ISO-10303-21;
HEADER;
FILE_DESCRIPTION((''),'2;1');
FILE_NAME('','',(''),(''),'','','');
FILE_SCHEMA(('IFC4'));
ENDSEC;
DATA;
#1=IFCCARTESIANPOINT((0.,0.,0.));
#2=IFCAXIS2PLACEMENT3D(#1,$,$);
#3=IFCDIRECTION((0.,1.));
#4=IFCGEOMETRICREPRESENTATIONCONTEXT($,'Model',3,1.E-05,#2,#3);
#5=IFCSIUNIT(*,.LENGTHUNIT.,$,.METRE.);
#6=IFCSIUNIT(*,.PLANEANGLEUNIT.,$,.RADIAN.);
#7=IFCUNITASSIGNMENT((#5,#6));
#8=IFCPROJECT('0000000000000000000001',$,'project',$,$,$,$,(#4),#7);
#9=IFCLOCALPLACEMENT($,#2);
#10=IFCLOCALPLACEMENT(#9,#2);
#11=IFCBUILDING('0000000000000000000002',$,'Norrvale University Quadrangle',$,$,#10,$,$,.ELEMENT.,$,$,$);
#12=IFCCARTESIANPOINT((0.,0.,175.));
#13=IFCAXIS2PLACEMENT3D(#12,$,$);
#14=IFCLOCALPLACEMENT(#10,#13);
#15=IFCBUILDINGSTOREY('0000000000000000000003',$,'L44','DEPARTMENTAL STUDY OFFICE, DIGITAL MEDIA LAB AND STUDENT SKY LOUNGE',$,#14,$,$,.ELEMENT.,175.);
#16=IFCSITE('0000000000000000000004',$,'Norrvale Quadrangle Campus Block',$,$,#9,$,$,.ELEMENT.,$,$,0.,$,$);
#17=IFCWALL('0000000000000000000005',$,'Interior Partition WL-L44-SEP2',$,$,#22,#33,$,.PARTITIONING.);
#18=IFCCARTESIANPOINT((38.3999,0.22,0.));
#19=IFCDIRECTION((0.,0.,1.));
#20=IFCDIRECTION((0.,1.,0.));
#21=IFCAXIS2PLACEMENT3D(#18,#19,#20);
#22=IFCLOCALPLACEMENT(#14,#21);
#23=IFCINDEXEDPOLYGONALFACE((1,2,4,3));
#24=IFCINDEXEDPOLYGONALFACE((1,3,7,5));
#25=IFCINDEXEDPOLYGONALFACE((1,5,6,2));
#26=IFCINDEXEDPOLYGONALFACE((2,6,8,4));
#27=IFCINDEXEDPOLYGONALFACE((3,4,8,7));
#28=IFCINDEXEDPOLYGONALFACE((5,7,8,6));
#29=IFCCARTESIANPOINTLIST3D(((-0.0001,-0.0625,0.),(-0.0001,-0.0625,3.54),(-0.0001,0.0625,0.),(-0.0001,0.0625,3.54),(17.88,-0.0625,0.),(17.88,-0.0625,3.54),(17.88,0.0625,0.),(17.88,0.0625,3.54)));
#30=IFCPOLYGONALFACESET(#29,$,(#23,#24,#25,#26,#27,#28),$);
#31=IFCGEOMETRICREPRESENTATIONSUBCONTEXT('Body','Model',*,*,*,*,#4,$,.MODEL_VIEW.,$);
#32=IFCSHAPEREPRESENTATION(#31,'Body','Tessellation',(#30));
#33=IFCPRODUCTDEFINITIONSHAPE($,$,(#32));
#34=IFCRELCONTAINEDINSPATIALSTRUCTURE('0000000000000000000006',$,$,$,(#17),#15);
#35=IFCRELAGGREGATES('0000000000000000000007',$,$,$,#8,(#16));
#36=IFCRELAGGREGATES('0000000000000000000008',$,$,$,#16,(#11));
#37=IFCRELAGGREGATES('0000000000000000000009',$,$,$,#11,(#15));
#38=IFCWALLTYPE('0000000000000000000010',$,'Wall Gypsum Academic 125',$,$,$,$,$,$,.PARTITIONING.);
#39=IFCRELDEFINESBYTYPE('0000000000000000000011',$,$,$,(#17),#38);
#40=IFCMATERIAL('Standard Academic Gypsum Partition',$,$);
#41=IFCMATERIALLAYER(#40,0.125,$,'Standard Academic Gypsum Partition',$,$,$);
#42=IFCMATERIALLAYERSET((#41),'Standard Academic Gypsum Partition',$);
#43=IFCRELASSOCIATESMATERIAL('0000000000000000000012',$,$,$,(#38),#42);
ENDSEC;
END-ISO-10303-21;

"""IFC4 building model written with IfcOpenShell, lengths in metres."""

from ifc_helpers import new_model, si_unit, direction, frame, frame_2d, origin, place, context, subcontext, project, spatial, rectangle, extrude, material, layer, layer_set, type_object, element, save


model = new_model("IFC4")

# Units and contexts
model_context = context("Model", 3, precision=1e-05, world=origin(), true_north=direction((0.0, 1.0)))
body_context = subcontext(model_context, "Body", "Model", "MODEL_VIEW")
ifc_project = project(units=[si_unit("LENGTHUNIT", "METRE"), si_unit("PLANEANGLEUNIT", "RADIAN")], contexts=[model_context])

# Site, building, storey
site_placement = place(None, origin())
site = spatial("IfcSite", under=ifc_project, at=site_placement, Name="Norrvale Quadrangle Campus Block", CompositionType="ELEMENT", RefElevation=0.0)
building_placement = place(site_placement, origin())
building = spatial("IfcBuilding", under=site, at=building_placement, Name="Norrvale University Quadrangle", CompositionType="ELEMENT")
storey_placement = place(building_placement, frame((0.0, 0.0, 175.0)))
storey = spatial("IfcBuildingStorey", under=building, at=storey_placement, Name="L44", Description="DEPARTMENTAL STUDY OFFICE, DIGITAL MEDIA LAB AND STUDENT SKY LOUNGE", CompositionType="ELEMENT", Elevation=175.0)

# Wall
ifc_material_1 = material(Name="Standard Academic Gypsum Partition")
ifc_layer_1 = layer(ifc_material_1, 0.125, Name="Standard Academic Gypsum Partition")
ifc_layer_set_1 = layer_set([ifc_layer_1], Name="Standard Academic Gypsum Partition")
wall_type_1 = type_object("IfcWallType", Name="Wall Gypsum Academic 125", PredefinedType="PARTITIONING", material=ifc_layer_set_1)
wall_1_placement = place(storey_placement, frame((38.3999, 0.22, 0.0), z_axis=(0.0, 0.0, 1.0), x_axis=(0.0, 1.0, 0.0)))
element("IfcWall", 1, at=wall_1_placement, inside=storey, type_object=wall_type_1, Name="Interior Partition WL-L44-SEP2", PredefinedType="PARTITIONING", context=body_context, shape_type="SweptSolid", body=[
    extrude(rectangle(XDim=17.8801, YDim=0.125, at=frame_2d((8.9399, 0.0))), origin(), (0.0, 0.0, 1.0), 3.54),
])

save(model, "model.ifc")
